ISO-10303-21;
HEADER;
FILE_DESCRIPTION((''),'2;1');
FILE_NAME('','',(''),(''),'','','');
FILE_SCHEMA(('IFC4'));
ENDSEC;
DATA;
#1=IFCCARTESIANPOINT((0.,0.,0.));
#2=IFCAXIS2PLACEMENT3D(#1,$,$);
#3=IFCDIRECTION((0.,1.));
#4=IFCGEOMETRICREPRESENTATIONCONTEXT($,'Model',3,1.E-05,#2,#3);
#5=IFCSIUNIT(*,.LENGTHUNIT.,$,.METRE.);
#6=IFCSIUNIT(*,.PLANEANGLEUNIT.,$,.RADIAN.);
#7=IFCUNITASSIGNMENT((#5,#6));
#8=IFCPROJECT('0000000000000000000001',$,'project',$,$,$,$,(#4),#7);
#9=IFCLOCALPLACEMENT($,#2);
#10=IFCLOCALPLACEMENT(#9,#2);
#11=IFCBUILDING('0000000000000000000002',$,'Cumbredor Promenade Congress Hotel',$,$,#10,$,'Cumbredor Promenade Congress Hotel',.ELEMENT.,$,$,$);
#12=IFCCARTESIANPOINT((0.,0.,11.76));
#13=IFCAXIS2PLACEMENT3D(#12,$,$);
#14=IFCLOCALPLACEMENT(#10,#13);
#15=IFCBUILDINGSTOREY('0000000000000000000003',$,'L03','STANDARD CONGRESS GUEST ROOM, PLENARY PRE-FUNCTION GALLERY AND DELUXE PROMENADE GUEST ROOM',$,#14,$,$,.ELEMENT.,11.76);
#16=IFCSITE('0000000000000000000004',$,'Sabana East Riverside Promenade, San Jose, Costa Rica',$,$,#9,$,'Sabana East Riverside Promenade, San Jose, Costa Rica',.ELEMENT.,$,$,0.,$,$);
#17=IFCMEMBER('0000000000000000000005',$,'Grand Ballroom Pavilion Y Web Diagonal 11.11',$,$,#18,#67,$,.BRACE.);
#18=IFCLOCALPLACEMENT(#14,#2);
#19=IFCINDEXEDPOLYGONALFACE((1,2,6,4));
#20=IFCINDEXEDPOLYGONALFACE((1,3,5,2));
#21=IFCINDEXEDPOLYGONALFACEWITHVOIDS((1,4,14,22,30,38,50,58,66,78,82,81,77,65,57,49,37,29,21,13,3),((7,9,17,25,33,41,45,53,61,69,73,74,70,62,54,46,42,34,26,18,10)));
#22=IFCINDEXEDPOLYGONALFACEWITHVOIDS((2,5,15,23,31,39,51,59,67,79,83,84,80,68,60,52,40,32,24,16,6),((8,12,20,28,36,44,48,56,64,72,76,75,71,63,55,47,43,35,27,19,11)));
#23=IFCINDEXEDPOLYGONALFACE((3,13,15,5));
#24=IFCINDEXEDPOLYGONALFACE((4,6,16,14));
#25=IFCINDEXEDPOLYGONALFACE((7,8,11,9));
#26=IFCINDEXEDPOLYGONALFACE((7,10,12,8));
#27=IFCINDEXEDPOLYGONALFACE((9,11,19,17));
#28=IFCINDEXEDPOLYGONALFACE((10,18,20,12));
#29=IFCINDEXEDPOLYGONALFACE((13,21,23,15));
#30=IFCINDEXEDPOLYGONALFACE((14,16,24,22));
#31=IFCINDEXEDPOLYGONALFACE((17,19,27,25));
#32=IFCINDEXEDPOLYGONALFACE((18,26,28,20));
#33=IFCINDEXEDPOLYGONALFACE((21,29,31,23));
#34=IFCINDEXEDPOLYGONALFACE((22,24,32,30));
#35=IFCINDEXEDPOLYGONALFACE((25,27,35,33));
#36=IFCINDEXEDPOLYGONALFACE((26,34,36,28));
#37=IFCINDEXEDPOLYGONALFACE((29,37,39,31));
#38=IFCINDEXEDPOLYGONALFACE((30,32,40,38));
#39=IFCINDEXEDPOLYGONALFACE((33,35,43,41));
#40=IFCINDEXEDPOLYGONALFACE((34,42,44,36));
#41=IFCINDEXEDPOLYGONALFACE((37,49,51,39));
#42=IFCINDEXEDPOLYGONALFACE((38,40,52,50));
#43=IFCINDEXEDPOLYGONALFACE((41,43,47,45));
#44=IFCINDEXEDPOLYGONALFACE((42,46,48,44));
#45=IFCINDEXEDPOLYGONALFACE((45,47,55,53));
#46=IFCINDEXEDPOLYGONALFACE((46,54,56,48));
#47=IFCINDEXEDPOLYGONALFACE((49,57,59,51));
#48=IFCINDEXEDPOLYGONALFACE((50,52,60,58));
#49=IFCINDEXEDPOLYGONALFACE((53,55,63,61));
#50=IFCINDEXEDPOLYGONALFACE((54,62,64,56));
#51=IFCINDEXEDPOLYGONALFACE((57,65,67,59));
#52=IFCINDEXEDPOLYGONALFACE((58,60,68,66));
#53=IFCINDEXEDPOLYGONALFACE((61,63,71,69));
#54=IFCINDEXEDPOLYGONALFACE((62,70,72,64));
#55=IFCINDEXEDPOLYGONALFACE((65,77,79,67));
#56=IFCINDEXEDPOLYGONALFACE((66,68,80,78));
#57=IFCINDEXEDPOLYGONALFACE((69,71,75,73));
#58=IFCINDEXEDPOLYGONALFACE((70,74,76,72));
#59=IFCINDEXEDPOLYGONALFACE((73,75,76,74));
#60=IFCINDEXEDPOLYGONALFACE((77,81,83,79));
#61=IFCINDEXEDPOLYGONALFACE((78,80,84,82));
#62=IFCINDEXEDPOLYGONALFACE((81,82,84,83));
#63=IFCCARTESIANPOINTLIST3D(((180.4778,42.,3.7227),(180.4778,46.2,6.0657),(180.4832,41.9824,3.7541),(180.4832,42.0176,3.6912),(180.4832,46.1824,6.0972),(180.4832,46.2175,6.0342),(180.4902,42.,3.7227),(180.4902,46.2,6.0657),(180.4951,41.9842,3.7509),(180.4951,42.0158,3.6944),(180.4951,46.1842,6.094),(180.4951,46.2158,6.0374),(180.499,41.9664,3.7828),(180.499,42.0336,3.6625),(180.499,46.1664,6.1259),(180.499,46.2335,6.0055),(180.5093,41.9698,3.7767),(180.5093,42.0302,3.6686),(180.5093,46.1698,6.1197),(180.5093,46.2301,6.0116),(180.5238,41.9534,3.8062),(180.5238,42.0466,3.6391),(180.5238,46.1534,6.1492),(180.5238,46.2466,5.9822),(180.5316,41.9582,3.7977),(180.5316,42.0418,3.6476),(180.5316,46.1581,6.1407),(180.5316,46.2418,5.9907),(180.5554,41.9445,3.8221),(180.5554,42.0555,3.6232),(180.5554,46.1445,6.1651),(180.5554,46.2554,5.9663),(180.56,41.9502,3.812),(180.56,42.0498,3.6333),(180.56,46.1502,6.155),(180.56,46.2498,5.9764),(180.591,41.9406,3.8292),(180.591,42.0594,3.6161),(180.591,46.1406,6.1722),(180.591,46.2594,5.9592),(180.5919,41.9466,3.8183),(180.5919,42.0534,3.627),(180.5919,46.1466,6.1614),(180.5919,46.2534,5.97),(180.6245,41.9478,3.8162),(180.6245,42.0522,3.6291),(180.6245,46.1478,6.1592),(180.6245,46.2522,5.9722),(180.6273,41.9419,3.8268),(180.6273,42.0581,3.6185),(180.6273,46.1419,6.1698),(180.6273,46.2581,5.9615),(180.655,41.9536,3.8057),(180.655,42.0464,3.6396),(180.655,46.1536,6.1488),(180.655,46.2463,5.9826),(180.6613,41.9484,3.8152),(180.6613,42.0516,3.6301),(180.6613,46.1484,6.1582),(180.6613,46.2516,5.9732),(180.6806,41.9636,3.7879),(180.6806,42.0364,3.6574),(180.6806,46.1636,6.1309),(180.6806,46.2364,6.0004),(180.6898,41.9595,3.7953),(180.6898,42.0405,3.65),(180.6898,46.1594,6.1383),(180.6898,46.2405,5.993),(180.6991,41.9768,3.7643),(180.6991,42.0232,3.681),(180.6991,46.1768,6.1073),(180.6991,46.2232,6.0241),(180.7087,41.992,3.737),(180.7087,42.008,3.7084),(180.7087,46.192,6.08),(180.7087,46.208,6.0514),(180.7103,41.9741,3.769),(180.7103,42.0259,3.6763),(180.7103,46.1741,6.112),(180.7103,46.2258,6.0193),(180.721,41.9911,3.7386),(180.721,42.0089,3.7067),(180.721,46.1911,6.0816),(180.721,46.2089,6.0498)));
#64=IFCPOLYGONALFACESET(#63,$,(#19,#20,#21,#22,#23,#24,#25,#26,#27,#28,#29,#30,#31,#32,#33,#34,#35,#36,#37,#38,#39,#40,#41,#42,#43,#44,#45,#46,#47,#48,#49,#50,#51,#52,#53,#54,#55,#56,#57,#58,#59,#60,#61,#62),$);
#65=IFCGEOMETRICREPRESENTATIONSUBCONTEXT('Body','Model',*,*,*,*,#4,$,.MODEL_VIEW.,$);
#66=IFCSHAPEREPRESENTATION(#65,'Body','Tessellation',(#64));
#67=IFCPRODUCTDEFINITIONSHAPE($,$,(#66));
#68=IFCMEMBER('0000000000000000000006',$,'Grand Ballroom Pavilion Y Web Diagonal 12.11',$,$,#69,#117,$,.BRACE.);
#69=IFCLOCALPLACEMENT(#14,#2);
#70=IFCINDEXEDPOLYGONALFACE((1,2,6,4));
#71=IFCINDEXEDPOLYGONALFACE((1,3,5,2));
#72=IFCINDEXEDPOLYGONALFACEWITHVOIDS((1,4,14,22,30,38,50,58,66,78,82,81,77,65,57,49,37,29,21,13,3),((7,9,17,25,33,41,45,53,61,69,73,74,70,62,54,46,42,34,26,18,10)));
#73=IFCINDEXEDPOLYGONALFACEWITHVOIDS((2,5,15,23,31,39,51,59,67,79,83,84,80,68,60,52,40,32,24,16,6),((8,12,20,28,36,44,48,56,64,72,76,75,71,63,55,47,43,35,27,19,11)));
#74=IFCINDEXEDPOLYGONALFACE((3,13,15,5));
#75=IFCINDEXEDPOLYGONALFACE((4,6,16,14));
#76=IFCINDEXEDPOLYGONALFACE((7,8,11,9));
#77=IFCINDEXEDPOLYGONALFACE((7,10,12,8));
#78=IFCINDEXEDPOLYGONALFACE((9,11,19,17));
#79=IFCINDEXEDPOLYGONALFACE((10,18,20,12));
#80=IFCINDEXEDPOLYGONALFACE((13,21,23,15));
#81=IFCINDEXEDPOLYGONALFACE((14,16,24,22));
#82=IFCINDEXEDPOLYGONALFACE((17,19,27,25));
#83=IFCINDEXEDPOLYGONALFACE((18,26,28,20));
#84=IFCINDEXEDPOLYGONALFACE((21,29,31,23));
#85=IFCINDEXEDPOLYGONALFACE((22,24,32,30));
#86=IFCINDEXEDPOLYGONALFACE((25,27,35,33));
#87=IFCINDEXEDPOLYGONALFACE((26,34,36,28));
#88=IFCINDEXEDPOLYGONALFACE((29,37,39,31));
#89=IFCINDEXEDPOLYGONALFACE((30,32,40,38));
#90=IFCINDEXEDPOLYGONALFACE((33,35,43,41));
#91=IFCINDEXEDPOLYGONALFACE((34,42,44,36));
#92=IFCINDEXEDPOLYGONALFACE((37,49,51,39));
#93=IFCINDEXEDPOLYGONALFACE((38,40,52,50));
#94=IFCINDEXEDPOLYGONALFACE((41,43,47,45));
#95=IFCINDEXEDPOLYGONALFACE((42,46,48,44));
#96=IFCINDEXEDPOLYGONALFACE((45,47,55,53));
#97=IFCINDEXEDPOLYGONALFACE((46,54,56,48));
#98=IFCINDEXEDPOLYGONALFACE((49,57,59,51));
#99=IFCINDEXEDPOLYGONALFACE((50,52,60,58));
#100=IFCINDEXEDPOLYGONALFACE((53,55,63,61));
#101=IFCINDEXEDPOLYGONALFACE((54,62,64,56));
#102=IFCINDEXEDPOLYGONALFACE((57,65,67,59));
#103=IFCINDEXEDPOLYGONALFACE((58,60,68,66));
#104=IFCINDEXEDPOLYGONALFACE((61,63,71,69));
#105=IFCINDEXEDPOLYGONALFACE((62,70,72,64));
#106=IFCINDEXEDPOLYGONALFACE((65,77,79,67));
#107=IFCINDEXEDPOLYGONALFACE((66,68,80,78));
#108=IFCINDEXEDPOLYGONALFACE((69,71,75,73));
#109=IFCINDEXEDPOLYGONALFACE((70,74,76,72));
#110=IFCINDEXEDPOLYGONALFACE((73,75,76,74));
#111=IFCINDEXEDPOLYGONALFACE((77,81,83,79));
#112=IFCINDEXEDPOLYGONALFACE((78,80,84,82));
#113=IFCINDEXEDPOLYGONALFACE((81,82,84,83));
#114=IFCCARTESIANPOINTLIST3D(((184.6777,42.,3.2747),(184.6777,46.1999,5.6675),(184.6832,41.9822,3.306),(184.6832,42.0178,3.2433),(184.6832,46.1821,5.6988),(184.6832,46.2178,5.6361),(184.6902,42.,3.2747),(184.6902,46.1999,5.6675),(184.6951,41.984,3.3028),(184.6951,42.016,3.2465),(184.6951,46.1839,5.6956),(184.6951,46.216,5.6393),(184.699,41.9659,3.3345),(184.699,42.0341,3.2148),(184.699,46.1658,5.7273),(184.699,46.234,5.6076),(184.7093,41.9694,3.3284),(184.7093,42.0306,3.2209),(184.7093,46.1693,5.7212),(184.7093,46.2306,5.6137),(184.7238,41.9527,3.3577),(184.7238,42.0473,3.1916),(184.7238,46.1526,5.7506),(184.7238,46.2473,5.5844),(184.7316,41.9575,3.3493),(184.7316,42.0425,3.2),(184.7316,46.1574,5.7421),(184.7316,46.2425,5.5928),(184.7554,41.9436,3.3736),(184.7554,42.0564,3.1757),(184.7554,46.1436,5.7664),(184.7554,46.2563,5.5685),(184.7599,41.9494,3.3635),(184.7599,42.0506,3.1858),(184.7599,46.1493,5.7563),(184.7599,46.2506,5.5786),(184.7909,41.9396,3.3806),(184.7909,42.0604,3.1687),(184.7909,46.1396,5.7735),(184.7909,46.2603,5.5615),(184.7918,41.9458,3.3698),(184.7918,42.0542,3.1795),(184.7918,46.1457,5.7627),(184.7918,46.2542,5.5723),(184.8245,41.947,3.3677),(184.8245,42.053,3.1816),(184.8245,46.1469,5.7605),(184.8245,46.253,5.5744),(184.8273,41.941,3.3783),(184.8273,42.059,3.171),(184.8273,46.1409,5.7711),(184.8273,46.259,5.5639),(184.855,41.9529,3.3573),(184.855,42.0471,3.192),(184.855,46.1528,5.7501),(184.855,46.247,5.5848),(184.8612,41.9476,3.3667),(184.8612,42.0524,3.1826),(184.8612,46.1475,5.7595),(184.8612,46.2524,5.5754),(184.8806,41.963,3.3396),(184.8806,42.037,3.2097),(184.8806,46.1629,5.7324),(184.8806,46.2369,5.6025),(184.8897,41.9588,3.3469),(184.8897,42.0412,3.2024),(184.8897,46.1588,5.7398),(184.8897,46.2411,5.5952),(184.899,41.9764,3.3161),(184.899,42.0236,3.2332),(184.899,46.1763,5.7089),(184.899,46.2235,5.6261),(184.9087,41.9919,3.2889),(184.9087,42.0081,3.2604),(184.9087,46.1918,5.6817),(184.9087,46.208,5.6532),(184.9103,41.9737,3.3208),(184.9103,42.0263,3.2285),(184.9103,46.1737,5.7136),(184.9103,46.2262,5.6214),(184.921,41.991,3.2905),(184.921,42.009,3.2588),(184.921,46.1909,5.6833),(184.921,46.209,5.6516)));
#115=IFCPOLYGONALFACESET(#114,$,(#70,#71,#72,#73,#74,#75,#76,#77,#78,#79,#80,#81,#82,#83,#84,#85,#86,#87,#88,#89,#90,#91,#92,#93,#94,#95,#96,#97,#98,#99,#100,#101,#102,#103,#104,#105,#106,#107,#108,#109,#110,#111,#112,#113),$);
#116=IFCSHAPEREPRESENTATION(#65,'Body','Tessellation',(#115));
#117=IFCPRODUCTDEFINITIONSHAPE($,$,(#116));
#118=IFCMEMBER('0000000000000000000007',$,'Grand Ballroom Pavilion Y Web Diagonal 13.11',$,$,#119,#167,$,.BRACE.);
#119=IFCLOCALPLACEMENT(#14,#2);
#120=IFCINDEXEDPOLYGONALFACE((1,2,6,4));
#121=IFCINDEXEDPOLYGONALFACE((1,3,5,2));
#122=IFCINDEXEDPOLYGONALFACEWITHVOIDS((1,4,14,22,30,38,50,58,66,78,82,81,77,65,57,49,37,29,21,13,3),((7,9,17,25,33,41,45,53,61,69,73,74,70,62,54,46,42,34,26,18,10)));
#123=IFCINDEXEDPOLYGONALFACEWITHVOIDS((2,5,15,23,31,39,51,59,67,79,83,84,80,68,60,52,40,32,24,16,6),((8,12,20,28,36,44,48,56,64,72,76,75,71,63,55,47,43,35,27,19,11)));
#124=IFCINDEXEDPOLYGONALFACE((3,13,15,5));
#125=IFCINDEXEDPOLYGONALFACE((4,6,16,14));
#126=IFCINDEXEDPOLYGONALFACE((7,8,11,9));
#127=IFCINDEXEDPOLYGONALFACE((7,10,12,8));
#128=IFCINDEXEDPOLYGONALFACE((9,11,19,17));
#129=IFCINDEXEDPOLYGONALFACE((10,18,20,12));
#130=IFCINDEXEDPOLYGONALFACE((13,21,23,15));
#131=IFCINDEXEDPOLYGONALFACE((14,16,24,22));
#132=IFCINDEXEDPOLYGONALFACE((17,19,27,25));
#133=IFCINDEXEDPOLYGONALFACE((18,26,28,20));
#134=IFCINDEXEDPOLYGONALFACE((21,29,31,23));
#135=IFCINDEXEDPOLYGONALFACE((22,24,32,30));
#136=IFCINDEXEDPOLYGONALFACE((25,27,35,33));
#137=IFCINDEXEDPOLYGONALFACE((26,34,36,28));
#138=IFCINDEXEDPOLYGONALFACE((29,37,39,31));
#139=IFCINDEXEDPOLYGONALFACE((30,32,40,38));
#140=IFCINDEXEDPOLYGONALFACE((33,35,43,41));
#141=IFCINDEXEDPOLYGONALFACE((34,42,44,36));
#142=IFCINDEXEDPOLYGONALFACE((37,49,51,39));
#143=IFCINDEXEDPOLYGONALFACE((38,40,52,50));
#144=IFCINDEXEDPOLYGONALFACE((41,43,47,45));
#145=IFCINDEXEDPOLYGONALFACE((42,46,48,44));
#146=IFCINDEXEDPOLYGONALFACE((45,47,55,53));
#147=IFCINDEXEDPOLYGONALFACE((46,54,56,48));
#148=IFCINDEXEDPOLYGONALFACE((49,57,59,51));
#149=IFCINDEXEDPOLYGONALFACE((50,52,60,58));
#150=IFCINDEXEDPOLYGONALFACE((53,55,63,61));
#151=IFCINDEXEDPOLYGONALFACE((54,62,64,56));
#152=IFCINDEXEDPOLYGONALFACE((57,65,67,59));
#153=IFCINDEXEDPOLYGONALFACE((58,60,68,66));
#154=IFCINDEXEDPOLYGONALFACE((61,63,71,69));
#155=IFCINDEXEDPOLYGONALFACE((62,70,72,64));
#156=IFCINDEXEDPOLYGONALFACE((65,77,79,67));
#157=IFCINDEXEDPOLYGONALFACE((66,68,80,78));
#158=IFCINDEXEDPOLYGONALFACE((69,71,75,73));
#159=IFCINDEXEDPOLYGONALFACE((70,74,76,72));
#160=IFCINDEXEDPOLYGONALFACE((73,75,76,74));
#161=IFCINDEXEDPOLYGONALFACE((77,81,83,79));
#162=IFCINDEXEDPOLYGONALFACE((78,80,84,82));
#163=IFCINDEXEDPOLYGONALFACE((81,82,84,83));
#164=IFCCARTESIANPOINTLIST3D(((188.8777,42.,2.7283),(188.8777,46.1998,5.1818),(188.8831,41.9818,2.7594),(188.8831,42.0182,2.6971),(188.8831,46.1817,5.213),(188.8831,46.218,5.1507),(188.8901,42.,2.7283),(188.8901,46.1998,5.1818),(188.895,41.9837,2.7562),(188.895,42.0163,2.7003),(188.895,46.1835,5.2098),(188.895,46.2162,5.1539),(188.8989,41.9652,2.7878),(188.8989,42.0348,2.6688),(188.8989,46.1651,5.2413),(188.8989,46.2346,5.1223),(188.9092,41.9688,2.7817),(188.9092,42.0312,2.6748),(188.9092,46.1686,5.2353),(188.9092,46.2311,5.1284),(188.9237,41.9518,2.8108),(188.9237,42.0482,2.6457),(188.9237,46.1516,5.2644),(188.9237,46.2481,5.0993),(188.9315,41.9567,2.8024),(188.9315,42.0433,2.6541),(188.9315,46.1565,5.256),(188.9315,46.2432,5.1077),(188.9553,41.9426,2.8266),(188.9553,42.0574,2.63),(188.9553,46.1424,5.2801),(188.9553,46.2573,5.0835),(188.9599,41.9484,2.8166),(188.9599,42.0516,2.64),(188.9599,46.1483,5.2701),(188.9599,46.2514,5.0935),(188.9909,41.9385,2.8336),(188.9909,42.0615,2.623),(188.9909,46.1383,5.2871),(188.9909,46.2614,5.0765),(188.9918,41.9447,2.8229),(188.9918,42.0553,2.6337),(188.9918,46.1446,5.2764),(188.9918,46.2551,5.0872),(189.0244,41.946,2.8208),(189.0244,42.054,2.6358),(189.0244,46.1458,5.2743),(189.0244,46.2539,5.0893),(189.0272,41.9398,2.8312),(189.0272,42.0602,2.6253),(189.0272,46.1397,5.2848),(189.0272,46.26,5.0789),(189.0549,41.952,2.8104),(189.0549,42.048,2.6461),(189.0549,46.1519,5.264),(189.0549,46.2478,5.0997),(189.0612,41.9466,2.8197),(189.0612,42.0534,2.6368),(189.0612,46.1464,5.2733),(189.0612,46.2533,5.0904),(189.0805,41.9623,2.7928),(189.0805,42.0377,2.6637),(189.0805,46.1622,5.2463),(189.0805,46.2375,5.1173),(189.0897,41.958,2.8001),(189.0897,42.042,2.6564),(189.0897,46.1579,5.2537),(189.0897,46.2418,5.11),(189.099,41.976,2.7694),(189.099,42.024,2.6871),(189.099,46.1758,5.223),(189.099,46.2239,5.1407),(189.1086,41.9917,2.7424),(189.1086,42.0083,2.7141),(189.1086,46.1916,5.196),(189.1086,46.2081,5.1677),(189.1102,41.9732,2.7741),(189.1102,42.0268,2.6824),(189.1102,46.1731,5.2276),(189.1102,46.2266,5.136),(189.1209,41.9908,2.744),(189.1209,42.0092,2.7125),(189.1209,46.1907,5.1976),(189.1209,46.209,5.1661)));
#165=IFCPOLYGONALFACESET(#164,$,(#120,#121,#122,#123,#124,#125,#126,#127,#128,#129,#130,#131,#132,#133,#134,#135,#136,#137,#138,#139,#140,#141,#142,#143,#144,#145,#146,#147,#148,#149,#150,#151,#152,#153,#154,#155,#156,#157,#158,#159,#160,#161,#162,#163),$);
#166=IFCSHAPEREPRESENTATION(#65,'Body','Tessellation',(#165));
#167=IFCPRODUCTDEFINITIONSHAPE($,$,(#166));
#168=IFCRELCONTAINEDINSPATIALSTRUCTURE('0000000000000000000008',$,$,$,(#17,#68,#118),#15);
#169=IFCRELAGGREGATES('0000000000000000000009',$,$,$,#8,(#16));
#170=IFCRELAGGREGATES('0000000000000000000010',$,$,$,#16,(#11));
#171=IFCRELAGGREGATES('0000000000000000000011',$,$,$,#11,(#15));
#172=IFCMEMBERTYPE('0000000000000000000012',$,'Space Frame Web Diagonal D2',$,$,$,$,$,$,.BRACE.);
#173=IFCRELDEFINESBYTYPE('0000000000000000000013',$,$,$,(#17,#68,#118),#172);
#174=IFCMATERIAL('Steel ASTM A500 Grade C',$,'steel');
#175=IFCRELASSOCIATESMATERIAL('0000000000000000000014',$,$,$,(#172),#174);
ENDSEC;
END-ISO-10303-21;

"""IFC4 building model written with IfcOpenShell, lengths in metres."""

from ifc_helpers import new_model, si_unit, direction, frame, origin, origin_2d, place, context, subcontext, project, spatial, hollow_circle, extrude, material, material_profile, profile_set, type_object, element, save


model = new_model("IFC4")

# Units and contexts
model_context = context("Model", 3, precision=1e-05, world=origin(), true_north=direction((0.0, 1.0)))
body_context = subcontext(model_context, "Body", "Model", "MODEL_VIEW")
ifc_project = project(units=[si_unit("LENGTHUNIT", "METRE"), si_unit("PLANEANGLEUNIT", "RADIAN")], contexts=[model_context])

# Site, building, storey
site_placement = place(None, origin())
site = spatial("IfcSite", under=ifc_project, at=site_placement, Name="Sabana East Riverside Promenade, San Jose, Costa Rica", LongName="Sabana East Riverside Promenade, San Jose, Costa Rica", CompositionType="ELEMENT", RefElevation=0.0)
building_placement = place(site_placement, origin())
building = spatial("IfcBuilding", under=site, at=building_placement, Name="Cumbredor Promenade Congress Hotel", LongName="Cumbredor Promenade Congress Hotel", CompositionType="ELEMENT")
storey_placement = place(building_placement, frame((0.0, 0.0, 11.76)))
storey = spatial("IfcBuildingStorey", under=building, at=storey_placement, Name="L03", Description="STANDARD CONGRESS GUEST ROOM, PLENARY PRE-FUNCTION GALLERY AND DELUXE PROMENADE GUEST ROOM", CompositionType="ELEMENT", Elevation=11.76)

# Shared definitions
ifc_material_1 = material(Name="Steel ASTM A500 Grade C", Category="steel")

# Members
ifc_material_profile_1 = material_profile(ifc_material_1, hollow_circle(Radius=0.1223, WallThickness=0.0125, at=origin_2d()), Name="CHS 244.5x12.5")
ifc_profile_set_1 = profile_set([ifc_material_profile_1], Name="Steel ASTM A500 Grade C")
member_type_1 = type_object("IfcMemberType", Name="Space Frame Web Diagonal D2", PredefinedType="BRACE", material=ifc_profile_set_1)
member_1_placement = place(storey_placement, frame((180.6001, 42.0, 3.7227), z_axis=(0.0, 0.873299, 0.487185), x_axis=(-1.0, 0.0, 0.0)))
element("IfcMember", 1, at=member_1_placement, inside=storey, type_object=member_type_1, Name="Grand Ballroom Pavilion Y Web Diagonal 11.11", PredefinedType="BRACE", context=body_context, shape_type="SweptSolid", body=[
    extrude(hollow_circle(Radius=0.1223, WallThickness=0.0125, at=origin_2d()), origin(), (0.0, 0.0, 1.0), 4.8093),
])
member_2_placement = place(storey_placement, frame((184.8, 42.0, 3.2747), z_axis=(0.0, 0.86888, 0.495023), x_axis=(-1.0, 0.0, 0.0)))
element("IfcMember", 2, at=member_2_placement, inside=storey, type_object=member_type_1, Name="Grand Ballroom Pavilion Y Web Diagonal 12.11", PredefinedType="BRACE", context=body_context, shape_type="SweptSolid", body=[
    extrude(hollow_circle(Radius=0.1223, WallThickness=0.0125, at=origin_2d()), origin(), (0.0, 0.0, 1.0), 4.8337),
])
member_3_placement = place(storey_placement, frame((189.0, 42.0, 2.7283), z_axis=(0.0, 0.863453, 0.50443), x_axis=(-1.0, 0.0, 0.0)))
element("IfcMember", 3, at=member_3_placement, inside=storey, type_object=member_type_1, Name="Grand Ballroom Pavilion Y Web Diagonal 13.11", PredefinedType="BRACE", context=body_context, shape_type="SweptSolid", body=[
    extrude(hollow_circle(Radius=0.1223, WallThickness=0.0125, at=origin_2d()), origin(), (0.0, 0.0, 1.0), 4.864),
])

save(model, "model.ifc")
